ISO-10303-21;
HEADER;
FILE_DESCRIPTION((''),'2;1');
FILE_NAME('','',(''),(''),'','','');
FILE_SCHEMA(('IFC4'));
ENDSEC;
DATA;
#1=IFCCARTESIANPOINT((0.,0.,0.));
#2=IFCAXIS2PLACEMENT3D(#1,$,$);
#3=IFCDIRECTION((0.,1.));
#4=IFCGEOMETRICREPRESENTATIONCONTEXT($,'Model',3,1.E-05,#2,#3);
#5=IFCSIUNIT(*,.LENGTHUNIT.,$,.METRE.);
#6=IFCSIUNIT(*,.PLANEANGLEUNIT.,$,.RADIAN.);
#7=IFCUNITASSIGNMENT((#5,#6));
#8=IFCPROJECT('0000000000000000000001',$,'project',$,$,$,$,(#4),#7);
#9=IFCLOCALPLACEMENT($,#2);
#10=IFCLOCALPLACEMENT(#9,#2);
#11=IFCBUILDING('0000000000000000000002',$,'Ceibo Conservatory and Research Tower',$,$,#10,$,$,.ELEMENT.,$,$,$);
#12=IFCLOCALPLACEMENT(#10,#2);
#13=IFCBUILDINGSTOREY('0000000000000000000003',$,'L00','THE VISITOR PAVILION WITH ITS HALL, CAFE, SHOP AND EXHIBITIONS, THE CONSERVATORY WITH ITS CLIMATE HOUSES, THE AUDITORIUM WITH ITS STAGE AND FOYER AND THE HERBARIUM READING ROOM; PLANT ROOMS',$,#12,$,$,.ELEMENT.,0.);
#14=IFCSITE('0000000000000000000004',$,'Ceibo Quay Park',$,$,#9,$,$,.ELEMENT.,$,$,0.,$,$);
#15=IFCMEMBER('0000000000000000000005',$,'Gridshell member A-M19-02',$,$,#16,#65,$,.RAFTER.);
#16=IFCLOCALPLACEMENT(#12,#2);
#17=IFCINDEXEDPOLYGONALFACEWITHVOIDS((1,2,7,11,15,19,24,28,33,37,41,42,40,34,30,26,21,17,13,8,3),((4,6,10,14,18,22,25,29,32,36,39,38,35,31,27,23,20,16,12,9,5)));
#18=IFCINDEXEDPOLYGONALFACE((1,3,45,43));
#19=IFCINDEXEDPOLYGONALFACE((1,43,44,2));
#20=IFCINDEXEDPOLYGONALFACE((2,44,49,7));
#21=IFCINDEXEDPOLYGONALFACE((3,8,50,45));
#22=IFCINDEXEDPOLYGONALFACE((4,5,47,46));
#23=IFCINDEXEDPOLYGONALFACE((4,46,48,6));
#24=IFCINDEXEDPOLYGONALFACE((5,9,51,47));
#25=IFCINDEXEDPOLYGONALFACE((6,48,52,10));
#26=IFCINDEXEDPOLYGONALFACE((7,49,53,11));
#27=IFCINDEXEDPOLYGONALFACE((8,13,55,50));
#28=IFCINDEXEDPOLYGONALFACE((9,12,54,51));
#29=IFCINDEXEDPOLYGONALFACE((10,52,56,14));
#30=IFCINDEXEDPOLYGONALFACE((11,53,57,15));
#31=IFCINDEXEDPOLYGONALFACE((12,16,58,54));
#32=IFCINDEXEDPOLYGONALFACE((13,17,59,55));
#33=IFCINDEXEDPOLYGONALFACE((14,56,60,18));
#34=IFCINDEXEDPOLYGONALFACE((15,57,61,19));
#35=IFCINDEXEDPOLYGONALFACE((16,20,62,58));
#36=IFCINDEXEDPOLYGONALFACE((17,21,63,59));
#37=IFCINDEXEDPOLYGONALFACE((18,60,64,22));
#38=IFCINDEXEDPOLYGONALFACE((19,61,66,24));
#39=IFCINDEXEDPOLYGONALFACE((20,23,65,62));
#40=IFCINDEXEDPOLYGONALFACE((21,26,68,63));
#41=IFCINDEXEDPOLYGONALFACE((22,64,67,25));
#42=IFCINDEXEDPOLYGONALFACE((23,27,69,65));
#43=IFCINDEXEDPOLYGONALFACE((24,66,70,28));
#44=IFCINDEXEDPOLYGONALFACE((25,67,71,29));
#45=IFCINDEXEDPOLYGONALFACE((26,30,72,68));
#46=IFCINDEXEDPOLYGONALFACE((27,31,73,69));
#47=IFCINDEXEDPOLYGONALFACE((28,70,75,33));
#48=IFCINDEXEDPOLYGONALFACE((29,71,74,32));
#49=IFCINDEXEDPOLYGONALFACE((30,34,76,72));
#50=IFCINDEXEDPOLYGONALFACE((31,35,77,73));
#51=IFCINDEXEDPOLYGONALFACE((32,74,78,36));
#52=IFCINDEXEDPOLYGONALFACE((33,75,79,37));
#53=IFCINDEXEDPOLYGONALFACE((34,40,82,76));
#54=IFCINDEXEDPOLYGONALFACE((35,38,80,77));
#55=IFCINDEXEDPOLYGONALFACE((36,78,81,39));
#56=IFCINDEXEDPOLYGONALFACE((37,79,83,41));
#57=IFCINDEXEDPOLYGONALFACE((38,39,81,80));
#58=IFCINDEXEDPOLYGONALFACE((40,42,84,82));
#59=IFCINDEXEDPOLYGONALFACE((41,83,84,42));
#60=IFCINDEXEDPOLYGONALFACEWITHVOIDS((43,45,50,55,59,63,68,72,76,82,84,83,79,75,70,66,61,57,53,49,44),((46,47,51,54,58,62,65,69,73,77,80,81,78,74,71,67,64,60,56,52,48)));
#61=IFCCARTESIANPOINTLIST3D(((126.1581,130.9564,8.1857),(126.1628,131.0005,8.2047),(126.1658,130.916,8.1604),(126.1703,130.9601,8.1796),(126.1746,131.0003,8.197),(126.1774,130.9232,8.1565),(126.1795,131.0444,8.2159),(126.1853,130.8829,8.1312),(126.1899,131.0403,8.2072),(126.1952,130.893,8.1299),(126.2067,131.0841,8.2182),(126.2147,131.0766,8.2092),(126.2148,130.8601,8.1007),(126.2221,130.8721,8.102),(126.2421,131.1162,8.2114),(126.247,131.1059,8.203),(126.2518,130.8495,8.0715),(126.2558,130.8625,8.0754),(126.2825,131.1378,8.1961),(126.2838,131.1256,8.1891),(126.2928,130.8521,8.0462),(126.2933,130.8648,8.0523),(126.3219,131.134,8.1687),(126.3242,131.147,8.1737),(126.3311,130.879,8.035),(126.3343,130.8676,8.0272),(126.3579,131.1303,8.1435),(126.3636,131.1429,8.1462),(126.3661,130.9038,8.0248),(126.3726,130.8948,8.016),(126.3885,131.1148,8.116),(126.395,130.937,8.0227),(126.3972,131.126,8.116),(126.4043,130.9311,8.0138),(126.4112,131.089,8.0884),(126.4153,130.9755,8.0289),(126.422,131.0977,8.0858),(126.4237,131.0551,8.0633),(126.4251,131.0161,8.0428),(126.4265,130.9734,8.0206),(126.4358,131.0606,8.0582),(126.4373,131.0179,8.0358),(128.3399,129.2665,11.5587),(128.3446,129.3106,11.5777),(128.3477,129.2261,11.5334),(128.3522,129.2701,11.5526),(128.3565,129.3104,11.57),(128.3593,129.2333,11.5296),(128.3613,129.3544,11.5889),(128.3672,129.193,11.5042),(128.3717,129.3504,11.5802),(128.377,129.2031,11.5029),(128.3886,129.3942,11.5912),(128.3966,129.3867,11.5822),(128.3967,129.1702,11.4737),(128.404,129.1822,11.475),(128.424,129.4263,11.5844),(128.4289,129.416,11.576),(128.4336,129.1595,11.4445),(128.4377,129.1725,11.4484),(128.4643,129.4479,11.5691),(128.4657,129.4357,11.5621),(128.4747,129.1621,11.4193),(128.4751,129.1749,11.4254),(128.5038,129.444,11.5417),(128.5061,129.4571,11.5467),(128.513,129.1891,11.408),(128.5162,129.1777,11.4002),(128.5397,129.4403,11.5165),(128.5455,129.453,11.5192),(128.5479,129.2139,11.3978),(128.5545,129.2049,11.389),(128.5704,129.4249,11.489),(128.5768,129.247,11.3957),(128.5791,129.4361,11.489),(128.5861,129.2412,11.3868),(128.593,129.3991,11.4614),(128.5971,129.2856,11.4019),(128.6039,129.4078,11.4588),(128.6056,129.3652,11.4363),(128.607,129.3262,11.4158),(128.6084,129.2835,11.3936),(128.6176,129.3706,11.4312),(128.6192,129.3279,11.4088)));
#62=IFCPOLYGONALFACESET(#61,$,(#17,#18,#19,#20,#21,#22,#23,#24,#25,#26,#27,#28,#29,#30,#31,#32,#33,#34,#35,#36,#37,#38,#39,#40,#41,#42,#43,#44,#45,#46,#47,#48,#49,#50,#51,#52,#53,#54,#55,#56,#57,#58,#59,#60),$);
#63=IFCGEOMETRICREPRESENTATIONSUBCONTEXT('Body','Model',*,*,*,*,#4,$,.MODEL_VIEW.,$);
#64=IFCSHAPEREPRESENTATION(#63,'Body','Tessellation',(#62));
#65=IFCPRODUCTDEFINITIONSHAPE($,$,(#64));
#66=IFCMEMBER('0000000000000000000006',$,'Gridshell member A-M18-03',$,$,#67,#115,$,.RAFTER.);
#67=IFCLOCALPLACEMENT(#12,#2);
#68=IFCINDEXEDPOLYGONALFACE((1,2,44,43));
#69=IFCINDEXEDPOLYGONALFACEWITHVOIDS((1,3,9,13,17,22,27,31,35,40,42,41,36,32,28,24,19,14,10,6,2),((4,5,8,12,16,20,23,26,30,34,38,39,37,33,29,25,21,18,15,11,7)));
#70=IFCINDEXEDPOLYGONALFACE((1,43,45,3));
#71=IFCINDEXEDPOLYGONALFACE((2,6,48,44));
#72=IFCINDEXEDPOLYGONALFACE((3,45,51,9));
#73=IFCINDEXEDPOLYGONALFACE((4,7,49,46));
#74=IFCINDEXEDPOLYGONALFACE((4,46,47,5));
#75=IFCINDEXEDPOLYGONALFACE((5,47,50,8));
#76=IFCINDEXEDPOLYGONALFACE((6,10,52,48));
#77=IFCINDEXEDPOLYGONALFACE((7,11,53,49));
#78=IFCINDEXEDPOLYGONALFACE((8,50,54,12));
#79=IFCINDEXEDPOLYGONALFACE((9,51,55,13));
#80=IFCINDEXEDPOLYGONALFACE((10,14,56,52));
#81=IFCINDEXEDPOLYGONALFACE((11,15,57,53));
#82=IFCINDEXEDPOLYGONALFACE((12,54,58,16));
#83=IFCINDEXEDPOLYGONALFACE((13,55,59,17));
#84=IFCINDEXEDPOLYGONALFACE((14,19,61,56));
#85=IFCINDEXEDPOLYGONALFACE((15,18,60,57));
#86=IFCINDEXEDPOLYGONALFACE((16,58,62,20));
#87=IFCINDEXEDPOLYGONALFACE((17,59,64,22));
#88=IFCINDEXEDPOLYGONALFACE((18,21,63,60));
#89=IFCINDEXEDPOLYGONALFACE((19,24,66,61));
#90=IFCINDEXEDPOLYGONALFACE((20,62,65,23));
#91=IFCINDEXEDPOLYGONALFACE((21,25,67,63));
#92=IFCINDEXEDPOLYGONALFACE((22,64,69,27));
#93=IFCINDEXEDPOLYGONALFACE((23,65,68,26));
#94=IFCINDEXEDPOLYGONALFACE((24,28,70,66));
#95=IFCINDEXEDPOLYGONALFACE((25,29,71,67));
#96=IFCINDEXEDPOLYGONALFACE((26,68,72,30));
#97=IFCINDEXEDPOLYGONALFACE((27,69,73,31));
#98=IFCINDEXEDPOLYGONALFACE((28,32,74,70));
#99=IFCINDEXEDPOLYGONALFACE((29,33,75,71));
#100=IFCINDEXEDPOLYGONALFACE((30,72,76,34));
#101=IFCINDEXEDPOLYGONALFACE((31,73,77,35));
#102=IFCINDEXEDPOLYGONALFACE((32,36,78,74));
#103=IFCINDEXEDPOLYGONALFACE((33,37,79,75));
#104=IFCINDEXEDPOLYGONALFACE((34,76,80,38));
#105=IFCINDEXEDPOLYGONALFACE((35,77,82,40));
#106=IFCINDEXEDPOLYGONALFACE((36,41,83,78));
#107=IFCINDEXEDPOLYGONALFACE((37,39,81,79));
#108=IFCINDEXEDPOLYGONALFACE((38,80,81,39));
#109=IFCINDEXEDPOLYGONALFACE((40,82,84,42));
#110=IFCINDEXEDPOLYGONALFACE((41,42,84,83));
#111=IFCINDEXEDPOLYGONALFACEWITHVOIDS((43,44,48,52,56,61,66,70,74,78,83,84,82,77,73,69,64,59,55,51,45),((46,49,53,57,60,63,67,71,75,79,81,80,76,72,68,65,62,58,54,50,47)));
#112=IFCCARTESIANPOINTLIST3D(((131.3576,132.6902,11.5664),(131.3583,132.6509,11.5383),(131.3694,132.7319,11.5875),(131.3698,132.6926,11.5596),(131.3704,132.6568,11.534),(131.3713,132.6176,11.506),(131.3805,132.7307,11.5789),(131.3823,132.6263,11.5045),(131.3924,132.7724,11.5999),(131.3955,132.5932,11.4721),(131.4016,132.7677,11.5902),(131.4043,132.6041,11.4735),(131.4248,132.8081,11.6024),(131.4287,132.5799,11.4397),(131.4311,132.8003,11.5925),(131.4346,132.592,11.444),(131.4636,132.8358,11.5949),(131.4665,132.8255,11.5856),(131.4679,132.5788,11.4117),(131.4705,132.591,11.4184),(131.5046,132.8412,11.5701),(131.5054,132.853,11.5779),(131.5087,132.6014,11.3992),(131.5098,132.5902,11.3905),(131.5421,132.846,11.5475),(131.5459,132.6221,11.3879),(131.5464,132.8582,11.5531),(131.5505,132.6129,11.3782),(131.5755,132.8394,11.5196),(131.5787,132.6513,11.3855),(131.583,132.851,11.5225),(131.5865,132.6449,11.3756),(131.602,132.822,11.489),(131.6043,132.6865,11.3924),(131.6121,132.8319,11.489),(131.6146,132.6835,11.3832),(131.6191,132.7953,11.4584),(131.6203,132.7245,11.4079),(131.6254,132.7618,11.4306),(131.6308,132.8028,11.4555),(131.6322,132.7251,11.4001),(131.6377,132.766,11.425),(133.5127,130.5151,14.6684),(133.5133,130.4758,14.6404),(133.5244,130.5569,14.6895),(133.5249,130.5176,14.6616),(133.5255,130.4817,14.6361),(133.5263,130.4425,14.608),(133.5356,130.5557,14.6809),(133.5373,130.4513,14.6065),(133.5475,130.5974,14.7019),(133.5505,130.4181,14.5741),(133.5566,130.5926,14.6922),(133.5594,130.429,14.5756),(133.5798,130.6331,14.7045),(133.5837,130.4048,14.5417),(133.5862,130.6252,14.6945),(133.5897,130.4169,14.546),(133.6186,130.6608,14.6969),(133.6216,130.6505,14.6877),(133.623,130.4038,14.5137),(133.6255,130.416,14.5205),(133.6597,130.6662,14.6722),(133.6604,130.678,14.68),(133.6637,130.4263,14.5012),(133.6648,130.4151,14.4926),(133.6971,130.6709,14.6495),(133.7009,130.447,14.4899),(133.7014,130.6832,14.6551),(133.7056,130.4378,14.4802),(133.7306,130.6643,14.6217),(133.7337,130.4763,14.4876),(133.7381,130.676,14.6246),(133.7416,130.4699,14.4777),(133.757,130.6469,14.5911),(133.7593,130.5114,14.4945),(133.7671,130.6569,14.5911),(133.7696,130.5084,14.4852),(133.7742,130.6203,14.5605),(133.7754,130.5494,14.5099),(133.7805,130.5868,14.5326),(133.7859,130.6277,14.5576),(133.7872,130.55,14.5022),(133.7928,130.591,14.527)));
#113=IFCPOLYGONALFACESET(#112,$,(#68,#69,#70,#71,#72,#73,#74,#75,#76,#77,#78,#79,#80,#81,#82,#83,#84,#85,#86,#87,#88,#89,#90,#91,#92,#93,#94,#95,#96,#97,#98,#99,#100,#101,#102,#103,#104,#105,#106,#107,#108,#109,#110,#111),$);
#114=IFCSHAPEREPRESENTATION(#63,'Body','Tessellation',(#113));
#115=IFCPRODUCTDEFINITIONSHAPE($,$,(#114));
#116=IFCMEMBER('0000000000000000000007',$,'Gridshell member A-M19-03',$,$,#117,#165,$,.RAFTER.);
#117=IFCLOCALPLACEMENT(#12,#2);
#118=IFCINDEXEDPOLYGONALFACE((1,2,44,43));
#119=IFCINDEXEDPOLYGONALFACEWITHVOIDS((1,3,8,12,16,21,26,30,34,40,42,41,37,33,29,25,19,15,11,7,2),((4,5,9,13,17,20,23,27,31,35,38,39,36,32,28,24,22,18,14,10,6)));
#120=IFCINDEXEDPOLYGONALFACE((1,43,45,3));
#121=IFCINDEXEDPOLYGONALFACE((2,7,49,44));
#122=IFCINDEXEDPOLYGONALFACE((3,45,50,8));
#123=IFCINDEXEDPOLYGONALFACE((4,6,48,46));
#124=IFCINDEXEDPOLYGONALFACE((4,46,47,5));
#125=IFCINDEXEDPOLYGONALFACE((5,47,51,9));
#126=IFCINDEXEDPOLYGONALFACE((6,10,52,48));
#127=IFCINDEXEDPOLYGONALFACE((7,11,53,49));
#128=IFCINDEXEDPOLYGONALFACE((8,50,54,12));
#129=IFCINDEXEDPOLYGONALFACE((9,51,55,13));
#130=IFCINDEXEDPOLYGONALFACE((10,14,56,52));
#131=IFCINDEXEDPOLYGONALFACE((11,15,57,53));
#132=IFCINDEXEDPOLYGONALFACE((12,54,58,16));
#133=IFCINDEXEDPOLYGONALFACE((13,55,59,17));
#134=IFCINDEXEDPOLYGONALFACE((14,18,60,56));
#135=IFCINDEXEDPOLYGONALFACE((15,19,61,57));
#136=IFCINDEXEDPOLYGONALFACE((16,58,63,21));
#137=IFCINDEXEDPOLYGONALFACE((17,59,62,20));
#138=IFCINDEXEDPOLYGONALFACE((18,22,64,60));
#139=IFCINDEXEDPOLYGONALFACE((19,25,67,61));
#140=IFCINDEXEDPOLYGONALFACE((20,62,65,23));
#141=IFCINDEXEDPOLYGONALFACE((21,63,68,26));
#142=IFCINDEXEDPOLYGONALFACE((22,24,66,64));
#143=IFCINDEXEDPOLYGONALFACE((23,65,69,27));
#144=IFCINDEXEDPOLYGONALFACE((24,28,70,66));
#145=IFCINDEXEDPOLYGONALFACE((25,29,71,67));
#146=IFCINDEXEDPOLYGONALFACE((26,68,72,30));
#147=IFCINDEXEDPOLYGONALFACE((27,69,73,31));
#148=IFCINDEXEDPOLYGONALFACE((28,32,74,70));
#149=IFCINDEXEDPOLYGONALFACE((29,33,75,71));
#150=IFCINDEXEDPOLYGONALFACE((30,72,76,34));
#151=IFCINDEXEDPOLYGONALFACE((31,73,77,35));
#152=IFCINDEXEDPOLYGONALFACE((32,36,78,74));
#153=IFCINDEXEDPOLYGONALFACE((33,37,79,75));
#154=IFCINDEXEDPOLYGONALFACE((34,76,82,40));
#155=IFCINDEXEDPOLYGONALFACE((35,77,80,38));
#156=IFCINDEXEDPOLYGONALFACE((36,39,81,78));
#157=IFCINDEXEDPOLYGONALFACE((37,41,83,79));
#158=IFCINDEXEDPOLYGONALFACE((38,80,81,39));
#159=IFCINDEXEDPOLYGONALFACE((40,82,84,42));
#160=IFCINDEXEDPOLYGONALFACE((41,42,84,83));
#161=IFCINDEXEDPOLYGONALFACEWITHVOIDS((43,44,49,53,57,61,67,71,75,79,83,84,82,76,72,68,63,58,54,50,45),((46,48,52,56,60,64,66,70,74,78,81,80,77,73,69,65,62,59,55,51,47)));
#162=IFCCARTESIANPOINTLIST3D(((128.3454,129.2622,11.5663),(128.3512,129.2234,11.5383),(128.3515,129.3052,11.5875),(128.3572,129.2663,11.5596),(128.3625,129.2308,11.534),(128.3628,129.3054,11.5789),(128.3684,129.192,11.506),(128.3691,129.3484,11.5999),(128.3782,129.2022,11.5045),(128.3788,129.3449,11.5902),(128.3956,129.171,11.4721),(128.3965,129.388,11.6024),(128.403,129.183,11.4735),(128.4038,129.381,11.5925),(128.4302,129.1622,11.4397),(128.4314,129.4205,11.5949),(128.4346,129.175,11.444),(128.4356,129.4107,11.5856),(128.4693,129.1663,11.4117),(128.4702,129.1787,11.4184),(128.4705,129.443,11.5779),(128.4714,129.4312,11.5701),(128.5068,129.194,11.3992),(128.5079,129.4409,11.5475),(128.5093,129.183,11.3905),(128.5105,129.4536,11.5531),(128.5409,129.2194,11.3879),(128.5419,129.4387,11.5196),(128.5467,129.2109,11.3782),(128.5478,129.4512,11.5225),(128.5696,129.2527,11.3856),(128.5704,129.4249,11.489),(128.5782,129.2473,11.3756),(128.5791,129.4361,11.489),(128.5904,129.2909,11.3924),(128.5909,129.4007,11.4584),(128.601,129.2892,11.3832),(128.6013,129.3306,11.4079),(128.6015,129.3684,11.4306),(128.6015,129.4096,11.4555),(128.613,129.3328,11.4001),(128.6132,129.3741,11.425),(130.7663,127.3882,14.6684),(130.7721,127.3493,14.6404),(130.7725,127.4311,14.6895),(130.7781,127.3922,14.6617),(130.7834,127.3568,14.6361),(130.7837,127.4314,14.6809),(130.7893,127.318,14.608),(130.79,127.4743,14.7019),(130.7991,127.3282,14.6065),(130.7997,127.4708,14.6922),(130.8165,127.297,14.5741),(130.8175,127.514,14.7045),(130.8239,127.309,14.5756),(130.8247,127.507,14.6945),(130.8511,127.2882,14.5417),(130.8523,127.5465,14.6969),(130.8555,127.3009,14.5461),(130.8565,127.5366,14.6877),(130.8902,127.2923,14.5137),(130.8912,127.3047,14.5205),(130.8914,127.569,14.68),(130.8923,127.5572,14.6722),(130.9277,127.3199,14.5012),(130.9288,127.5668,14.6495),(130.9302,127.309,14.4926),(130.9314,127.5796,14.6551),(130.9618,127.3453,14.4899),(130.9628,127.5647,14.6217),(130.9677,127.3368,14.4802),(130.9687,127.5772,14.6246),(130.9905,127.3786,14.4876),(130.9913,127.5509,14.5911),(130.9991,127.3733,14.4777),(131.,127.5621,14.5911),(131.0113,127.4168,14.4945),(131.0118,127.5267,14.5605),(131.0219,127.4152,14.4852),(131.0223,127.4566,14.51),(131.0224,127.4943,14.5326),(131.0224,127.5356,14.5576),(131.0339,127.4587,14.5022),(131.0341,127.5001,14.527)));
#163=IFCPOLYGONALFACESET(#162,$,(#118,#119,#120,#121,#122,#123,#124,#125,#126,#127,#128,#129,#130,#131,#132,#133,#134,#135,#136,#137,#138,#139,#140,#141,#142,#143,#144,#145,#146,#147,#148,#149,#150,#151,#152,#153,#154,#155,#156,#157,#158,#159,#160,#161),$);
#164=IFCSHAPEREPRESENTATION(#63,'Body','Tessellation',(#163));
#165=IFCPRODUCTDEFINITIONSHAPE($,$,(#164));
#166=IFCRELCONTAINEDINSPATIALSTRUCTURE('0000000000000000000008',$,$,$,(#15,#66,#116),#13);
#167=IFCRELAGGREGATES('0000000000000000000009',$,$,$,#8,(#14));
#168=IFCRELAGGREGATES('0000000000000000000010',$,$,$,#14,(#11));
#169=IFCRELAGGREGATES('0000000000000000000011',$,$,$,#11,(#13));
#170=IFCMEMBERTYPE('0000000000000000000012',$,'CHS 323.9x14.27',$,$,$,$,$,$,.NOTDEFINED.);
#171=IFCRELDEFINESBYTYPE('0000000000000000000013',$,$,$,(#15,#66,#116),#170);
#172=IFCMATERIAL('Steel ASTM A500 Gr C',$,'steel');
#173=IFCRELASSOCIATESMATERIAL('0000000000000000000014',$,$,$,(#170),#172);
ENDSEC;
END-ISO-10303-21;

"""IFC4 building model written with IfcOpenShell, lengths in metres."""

from ifc_helpers import new_model, si_unit, direction, frame, origin, origin_2d, place, context, subcontext, project, spatial, hollow_circle, extrude, material, material_profile, profile_set, type_object, element, save


model = new_model("IFC4")

# Units and contexts
model_context = context("Model", 3, precision=1e-05, world=origin(), true_north=direction((0.0, 1.0)))
body_context = subcontext(model_context, "Body", "Model", "MODEL_VIEW")
ifc_project = project(units=[si_unit("LENGTHUNIT", "METRE"), si_unit("PLANEANGLEUNIT", "RADIAN")], contexts=[model_context])

# Site, building, storey
site_placement = place(None, origin())
site = spatial("IfcSite", under=ifc_project, at=site_placement, Name="Ceibo Quay Park", CompositionType="ELEMENT", RefElevation=0.0)
building_placement = place(site_placement, origin())
building = spatial("IfcBuilding", under=site, at=building_placement, Name="Ceibo Conservatory and Research Tower", CompositionType="ELEMENT")
storey_placement = place(building_placement, origin())
storey = spatial("IfcBuildingStorey", under=building, at=storey_placement, Name="L00", Description="THE VISITOR PAVILION WITH ITS HALL, CAFE, SHOP AND EXHIBITIONS, THE CONSERVATORY WITH ITS CLIMATE HOUSES, THE AUDITORIUM WITH ITS STAGE AND FOYER AND THE HERBARIUM READING ROOM; PLANT ROOMS", CompositionType="ELEMENT", Elevation=0.0)

# Members
ifc_material_1 = material(Name="Steel ASTM A500 Gr C", Category="steel")
ifc_material_profile_1 = material_profile(ifc_material_1, hollow_circle(Radius=0.1619, WallThickness=0.0142, at=origin_2d()), Name="CHS 323.9x14.27")
ifc_profile_set_1 = profile_set([ifc_material_profile_1], Name="Steel ASTM A500 Gr C")
member_type_1 = type_object("IfcMemberType", Name="CHS 323.9x14.27", PredefinedType="NOTDEFINED", material=ifc_profile_set_1)
member_1_placement = place(storey_placement, frame((126.2981, 130.998, 8.116), z_axis=(0.500638, -0.387761, 0.773953), x_axis=(0.612341, 0.790594, 0.0)))
element("IfcMember", 1, at=member_1_placement, inside=storey, type_object=member_type_1, Name="Gridshell member A-M19-02", PredefinedType="RAFTER", context=body_context, shape_type="SweptSolid", body=[
    extrude(hollow_circle(Radius=0.1619, WallThickness=0.0142, at=origin_2d()), origin(), (0.0, 0.0, 1.0), 4.3582),
])
member_2_placement = place(storey_placement, frame((131.4971, 132.718, 11.489), z_axis=(0.494427, -0.499021, 0.711702), x_axis=(0.710368, 0.70383, 0.0)))
element("IfcMember", 2, at=member_2_placement, inside=storey, type_object=member_type_1, Name="Gridshell member A-M18-03", PredefinedType="RAFTER", context=body_context, shape_type="SweptSolid", body=[
    extrude(hollow_circle(Radius=0.1619, WallThickness=0.0142, at=origin_2d()), origin(), (0.0, 0.0, 1.0), 4.3586),
])
member_3_placement = place(storey_placement, frame((128.48, 129.3081, 11.489), z_axis=(0.555459, -0.429982, 0.711745), x_axis=(0.612128, 0.790759, 0.0)))
element("IfcMember", 3, at=member_3_placement, inside=storey, type_object=member_type_1, Name="Gridshell member A-M19-03", PredefinedType="RAFTER", context=body_context, shape_type="SweptSolid", body=[
    extrude(hollow_circle(Radius=0.1619, WallThickness=0.0142, at=origin_2d()), origin(), (0.0, 0.0, 1.0), 4.3584),
])

save(model, "model.ifc")
